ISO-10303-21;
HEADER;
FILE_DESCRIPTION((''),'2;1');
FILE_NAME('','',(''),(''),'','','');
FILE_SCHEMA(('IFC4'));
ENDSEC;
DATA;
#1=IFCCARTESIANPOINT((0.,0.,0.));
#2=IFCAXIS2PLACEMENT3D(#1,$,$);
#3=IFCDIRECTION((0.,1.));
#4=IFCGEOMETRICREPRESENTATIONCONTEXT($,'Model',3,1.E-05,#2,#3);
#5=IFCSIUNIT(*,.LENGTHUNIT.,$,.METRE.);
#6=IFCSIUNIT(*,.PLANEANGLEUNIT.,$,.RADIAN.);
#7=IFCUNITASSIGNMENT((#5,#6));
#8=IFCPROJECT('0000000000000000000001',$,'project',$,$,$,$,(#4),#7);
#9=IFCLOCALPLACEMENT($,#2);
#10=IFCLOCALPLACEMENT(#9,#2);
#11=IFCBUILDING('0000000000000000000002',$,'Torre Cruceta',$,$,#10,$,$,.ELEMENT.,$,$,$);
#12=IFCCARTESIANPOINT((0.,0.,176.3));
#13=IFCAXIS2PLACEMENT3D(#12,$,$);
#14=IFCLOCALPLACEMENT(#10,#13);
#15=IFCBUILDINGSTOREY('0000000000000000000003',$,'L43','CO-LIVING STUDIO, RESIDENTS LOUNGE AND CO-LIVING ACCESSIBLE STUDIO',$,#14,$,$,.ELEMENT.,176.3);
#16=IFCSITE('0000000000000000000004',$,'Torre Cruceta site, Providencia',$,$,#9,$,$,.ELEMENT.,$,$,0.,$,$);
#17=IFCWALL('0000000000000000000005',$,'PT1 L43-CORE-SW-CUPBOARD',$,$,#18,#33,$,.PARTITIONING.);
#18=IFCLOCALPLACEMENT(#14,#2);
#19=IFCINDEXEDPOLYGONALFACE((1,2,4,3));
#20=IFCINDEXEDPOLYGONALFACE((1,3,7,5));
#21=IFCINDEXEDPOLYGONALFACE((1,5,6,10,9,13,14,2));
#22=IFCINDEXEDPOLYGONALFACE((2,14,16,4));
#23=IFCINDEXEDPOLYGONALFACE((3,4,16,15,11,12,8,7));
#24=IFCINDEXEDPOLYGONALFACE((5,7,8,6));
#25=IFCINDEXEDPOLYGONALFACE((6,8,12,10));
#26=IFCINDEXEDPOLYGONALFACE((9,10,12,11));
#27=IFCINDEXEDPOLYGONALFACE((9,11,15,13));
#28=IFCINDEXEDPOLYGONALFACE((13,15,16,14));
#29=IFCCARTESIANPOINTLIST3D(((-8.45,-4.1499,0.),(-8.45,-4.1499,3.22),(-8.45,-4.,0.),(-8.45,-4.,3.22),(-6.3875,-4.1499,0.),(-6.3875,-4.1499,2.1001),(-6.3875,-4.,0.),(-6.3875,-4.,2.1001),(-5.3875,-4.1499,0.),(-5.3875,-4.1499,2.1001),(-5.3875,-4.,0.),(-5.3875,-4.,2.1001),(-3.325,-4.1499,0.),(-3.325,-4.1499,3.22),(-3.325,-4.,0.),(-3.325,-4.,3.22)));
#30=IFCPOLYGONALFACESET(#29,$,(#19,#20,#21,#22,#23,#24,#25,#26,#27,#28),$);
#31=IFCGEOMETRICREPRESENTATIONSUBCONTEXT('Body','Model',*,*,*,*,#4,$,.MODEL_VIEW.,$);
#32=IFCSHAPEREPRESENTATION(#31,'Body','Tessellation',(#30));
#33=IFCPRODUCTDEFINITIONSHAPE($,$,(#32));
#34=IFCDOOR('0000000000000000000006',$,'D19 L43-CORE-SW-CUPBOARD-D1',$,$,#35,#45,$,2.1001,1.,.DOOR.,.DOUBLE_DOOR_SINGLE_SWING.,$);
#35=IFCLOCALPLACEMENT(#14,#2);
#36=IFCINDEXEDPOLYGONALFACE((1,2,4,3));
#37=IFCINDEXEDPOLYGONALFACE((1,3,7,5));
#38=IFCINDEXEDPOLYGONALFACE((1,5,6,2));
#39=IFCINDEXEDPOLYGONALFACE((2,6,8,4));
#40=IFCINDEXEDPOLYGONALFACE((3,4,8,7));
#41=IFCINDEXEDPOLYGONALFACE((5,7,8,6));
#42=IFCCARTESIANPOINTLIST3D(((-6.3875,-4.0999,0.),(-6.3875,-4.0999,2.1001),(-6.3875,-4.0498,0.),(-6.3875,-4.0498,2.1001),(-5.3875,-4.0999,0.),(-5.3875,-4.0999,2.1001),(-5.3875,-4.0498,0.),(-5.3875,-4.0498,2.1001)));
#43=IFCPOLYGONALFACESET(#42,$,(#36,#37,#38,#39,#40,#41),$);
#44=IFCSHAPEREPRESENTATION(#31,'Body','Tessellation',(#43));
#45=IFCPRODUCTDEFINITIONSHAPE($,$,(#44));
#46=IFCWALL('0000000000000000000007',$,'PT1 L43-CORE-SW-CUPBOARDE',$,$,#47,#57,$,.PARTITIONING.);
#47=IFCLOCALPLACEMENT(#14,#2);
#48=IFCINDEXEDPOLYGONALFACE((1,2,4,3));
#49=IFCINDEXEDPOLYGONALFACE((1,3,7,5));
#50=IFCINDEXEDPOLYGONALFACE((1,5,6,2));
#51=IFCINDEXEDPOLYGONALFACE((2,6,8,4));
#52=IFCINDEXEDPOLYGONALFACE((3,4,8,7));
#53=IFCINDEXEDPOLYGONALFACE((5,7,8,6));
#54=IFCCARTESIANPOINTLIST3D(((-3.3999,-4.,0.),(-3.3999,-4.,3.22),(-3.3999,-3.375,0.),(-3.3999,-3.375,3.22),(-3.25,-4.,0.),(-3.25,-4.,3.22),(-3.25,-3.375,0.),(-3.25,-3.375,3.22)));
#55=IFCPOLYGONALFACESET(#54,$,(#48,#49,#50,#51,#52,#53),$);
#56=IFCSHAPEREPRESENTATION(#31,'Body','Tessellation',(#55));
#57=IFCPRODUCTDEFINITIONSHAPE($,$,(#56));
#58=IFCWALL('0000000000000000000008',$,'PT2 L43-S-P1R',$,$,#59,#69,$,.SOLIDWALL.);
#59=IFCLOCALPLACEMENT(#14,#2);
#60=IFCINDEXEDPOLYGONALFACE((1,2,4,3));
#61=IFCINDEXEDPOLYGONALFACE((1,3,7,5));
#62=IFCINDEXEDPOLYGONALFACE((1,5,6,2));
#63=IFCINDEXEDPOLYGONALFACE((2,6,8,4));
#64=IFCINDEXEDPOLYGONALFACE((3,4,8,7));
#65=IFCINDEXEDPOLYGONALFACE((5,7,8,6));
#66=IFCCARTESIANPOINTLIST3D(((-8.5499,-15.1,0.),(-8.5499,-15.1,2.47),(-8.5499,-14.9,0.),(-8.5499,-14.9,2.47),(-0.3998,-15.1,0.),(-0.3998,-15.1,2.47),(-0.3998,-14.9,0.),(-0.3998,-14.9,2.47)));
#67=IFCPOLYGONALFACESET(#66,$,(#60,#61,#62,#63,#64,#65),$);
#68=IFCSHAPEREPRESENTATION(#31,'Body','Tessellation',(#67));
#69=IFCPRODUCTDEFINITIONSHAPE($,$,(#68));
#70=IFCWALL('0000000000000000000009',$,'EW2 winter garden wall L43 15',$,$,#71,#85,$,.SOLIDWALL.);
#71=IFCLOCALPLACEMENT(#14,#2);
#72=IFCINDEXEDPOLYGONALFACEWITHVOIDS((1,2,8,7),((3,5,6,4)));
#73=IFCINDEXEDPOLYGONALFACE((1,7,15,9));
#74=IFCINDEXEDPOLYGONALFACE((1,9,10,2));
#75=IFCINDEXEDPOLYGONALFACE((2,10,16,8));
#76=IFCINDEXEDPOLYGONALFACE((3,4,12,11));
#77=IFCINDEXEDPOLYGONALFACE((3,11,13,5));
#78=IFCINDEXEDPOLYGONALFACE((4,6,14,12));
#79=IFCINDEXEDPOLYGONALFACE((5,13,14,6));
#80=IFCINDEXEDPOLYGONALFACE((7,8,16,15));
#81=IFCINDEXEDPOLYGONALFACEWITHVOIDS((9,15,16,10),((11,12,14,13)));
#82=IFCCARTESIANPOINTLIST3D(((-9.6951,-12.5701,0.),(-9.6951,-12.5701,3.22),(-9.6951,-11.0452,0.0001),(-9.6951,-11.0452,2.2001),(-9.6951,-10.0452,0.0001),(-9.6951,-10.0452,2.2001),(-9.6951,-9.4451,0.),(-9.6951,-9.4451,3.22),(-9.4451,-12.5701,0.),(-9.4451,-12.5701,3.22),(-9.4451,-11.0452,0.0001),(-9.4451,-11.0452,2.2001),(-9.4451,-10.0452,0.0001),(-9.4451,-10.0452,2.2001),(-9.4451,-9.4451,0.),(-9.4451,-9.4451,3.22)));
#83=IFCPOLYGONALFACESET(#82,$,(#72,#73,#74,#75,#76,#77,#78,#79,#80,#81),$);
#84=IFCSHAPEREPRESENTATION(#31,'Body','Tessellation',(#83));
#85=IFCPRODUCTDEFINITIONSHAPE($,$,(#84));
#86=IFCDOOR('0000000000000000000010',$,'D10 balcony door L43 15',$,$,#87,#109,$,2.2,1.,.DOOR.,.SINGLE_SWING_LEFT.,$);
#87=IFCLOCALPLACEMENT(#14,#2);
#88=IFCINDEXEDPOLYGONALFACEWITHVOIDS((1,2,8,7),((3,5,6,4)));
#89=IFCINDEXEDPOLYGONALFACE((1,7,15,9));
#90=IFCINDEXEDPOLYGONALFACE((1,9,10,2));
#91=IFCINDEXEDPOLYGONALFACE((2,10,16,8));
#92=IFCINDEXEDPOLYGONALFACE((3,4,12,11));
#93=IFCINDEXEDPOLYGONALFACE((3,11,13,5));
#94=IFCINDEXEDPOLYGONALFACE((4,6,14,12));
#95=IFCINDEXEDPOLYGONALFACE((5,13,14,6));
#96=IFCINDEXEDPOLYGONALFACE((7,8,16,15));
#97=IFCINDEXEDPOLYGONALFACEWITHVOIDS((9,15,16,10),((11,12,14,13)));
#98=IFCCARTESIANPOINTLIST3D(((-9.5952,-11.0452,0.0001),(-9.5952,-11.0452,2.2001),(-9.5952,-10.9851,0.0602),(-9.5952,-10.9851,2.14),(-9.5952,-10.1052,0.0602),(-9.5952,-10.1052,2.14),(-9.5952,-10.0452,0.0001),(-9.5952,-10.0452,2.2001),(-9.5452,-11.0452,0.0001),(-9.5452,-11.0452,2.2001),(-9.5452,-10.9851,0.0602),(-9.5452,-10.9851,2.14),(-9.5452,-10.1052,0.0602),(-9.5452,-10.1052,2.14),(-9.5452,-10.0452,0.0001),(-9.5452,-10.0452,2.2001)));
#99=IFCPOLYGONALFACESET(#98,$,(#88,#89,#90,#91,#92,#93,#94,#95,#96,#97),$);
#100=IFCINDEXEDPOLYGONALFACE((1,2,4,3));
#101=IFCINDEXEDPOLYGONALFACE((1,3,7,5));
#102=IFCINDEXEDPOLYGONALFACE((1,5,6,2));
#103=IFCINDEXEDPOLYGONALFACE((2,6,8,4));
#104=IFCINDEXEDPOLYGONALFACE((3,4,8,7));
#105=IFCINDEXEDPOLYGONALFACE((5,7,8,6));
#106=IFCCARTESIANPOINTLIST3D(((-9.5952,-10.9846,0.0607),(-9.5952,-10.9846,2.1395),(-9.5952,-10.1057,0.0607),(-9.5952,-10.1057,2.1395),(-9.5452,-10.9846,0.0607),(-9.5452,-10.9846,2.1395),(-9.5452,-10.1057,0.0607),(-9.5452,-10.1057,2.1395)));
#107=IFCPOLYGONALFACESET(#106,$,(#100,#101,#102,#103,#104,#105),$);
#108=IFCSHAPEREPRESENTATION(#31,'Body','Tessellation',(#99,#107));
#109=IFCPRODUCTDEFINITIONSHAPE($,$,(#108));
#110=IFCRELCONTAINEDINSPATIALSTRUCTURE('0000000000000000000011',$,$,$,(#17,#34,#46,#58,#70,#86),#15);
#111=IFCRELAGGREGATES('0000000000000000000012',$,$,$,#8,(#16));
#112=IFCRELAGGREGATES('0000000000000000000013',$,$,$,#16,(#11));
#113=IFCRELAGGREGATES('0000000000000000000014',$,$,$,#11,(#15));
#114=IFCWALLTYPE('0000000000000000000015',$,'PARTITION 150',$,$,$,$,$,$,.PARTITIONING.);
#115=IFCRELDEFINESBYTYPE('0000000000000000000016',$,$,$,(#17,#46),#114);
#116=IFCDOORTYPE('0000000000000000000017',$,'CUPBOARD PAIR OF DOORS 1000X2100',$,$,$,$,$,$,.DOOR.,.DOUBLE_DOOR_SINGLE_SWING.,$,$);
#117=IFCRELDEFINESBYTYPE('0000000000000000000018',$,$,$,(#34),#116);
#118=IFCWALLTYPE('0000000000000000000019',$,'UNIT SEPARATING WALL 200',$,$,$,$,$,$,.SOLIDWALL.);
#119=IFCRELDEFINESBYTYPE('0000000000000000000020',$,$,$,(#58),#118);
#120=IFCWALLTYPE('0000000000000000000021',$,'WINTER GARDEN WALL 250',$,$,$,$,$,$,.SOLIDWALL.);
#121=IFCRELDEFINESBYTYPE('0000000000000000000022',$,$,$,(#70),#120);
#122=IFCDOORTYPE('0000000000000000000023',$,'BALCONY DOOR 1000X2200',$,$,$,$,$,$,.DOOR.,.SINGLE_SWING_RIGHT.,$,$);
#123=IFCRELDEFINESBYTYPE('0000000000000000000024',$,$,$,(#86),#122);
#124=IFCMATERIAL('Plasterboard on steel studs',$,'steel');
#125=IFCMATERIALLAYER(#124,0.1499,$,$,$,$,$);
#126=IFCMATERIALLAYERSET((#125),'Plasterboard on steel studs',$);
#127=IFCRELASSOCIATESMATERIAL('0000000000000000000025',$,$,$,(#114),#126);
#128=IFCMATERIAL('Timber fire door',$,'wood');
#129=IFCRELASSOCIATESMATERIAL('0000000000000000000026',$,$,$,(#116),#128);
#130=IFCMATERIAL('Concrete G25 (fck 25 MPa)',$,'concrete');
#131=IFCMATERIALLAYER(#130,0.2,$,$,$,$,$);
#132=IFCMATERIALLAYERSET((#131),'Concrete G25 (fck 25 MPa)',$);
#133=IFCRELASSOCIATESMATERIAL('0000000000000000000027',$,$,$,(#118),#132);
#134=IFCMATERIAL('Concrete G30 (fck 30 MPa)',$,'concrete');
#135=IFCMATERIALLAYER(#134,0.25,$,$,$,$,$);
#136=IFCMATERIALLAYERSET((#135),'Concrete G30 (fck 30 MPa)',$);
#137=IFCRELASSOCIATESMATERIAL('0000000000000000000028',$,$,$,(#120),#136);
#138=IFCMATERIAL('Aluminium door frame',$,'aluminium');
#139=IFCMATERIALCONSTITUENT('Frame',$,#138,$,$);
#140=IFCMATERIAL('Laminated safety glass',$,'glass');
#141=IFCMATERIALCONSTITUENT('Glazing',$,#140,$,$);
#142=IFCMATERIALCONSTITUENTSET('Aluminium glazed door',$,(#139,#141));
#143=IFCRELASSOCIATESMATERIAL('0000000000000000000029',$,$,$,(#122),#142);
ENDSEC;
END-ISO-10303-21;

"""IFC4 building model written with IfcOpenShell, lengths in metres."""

from ifc_helpers import new_model, si_unit, direction, frame, frame_2d, origin, place, context, subcontext, project, spatial, rectangle, hollow_rectangle, extrude, material, layer, layer_set, constituent, constituent_set, type_object, element, fill, save


model = new_model("IFC4")

# Units and contexts
model_context = context("Model", 3, precision=1e-05, world=origin(), true_north=direction((0.0, 1.0)))
body_context = subcontext(model_context, "Body", "Model", "MODEL_VIEW")
ifc_project = project(units=[si_unit("LENGTHUNIT", "METRE"), si_unit("PLANEANGLEUNIT", "RADIAN")], contexts=[model_context])

# Site, building, storey
site_placement = place(None, origin())
site = spatial("IfcSite", under=ifc_project, at=site_placement, Name="Torre Cruceta site, Providencia", CompositionType="ELEMENT", RefElevation=0.0)
building_placement = place(site_placement, origin())
building = spatial("IfcBuilding", under=site, at=building_placement, Name="Torre Cruceta", CompositionType="ELEMENT")
storey_placement = place(building_placement, frame((0.0, 0.0, 176.3)))
storey = spatial("IfcBuildingStorey", under=building, at=storey_placement, Name="L43", Description="CO-LIVING STUDIO, RESIDENTS LOUNGE AND CO-LIVING ACCESSIBLE STUDIO", CompositionType="ELEMENT", Elevation=176.3)

# Wall, opening, door
ifc_material_1 = material(Name="Plasterboard on steel studs", Category="steel")
ifc_layer_1 = layer(ifc_material_1, 0.1499)
ifc_layer_set_1 = layer_set([ifc_layer_1], Name="Plasterboard on steel studs")
wall_type_1 = type_object("IfcWallType", Name="PARTITION 150", PredefinedType="PARTITIONING", material=ifc_layer_set_1)
wall_1_placement = place(storey_placement, frame((-3.325, -4.075, 0.0), z_axis=(0.0, 0.0, 1.0), x_axis=(-1.0, 0.0, 0.0)))
wall_1 = element("IfcWall", 1, at=wall_1_placement, inside=storey, type_object=wall_type_1, Name="PT1 L43-CORE-SW-CUPBOARD", PredefinedType="PARTITIONING", context=body_context, shape_type="SweptSolid", body=[
    extrude(rectangle(XDim=5.125, YDim=0.1499, at=frame_2d((2.5625, 0.0))), origin(), (0.0, 0.0, 1.0), 3.22),
])
opening_1_placement = place(wall_1_placement, frame((2.0625, 0.0, 0.0)))
opening_1 = element("IfcOpeningElement", 2, at=opening_1_placement, cuts=wall_1, PredefinedType="OPENING", context=body_context, shape_type="SweptSolid", body=[
    extrude(rectangle(XDim=1.0, YDim=2.1001, at=frame_2d((0.5, 1.05))), frame((0.0, 0.085, 0.0), z_axis=(0.0, -1.0, 0.0), x_axis=(1.0, 0.0, 0.0)), (0.0, 0.0, 1.0), 0.1699),
])
ifc_material_2 = material(Name="Timber fire door", Category="wood")
door_type_1 = type_object("IfcDoorType", Name="CUPBOARD PAIR OF DOORS 1000X2100", OperationType="DOUBLE_DOOR_SINGLE_SWING", PredefinedType="DOOR", material=ifc_material_2)
door_1_placement = place(opening_1_placement, frame((1.0, 0.0, 0.0), z_axis=(0.0, 0.0, 1.0), x_axis=(-1.0, 0.0, 0.0)))
door_1 = element("IfcDoor", 3, at=door_1_placement, inside=storey, type_object=door_type_1, Name="D19 L43-CORE-SW-CUPBOARD-D1", OperationType="DOUBLE_DOOR_SINGLE_SWING", OverallHeight=2.1001, OverallWidth=1.0, PredefinedType="DOOR", context=body_context, shape_type="SweptSolid", body=[
    extrude(rectangle(XDim=1.0, YDim=2.1001, at=frame_2d((0.5, 1.05))), frame((0.0, 0.0251, 0.0), z_axis=(0.0, -1.0, 0.0), x_axis=(1.0, 0.0, 0.0)), (0.0, 0.0, 1.0), 0.05),
])
fill(opening_1, door_1)

# Walls
wall_2_placement = place(storey_placement, frame((-3.325, -3.375, 0.0), z_axis=(0.0, 0.0, 1.0), x_axis=(0.0, -1.0, 0.0)))
element("IfcWall", 4, at=wall_2_placement, inside=storey, type_object=wall_type_1, Name="PT1 L43-CORE-SW-CUPBOARDE", PredefinedType="PARTITIONING", context=body_context, shape_type="SweptSolid", body=[
    extrude(rectangle(XDim=0.625, YDim=0.1499, at=frame_2d((0.3125, 0.0))), origin(), (0.0, 0.0, 1.0), 3.22),
])
ifc_material_3 = material(Name="Concrete G25 (fck 25 MPa)", Category="concrete")
ifc_layer_2 = layer(ifc_material_3, 0.2)
ifc_layer_set_2 = layer_set([ifc_layer_2], Name="Concrete G25 (fck 25 MPa)")
wall_type_2 = type_object("IfcWallType", Name="UNIT SEPARATING WALL 200", PredefinedType="SOLIDWALL", material=ifc_layer_set_2)
wall_3_placement = place(storey_placement, frame((-8.55, -15.0, 0.0), z_axis=(0.0, 0.0, 1.0), x_axis=(1.0, 0.0, 0.0)))
element("IfcWall", 5, at=wall_3_placement, inside=storey, type_object=wall_type_2, Name="PT2 L43-S-P1R", PredefinedType="SOLIDWALL", context=body_context, shape_type="SweptSolid", body=[
    extrude(rectangle(XDim=8.1501, YDim=0.2, at=frame_2d((4.0752, 0.0))), origin(), (0.0, 0.0, 1.0), 2.47),
])

# Wall, opening, door
ifc_material_4 = material(Name="Concrete G30 (fck 30 MPa)", Category="concrete")
ifc_layer_3 = layer(ifc_material_4, 0.25)
ifc_layer_set_3 = layer_set([ifc_layer_3], Name="Concrete G30 (fck 30 MPa)")
wall_type_3 = type_object("IfcWallType", Name="WINTER GARDEN WALL 250", PredefinedType="SOLIDWALL", material=ifc_layer_set_3)
wall_4_placement = place(storey_placement, frame((-9.5701, -9.4451, 0.0), z_axis=(0.0, 0.0, 1.0), x_axis=(0.0, -1.0, 0.0)))
wall_4 = element("IfcWall", 6, at=wall_4_placement, inside=storey, type_object=wall_type_3, Name="EW2 winter garden wall L43 15", PredefinedType="SOLIDWALL", context=body_context, shape_type="SweptSolid", body=[
    extrude(rectangle(XDim=3.125, YDim=0.25, at=frame_2d((1.5625, 0.0))), origin(), (0.0, 0.0, 1.0), 3.22),
])
opening_2_placement = place(wall_4_placement, frame((0.6001, 0.0, 0.0)))
opening_2 = element("IfcOpeningElement", 7, at=opening_2_placement, cuts=wall_4, PredefinedType="OPENING", context=body_context, shape_type="SweptSolid", body=[
    extrude(rectangle(XDim=1.0, YDim=2.2, at=frame_2d((0.5, 1.1001))), frame((0.0, 0.135, 0.0), z_axis=(0.0, -1.0, 0.0), x_axis=(1.0, 0.0, 0.0)), (0.0, 0.0, 1.0), 0.27),
])
ifc_material_5 = material(Name="Aluminium door frame", Category="aluminium")
ifc_constituent_1 = constituent(ifc_material_5, Name="Frame")
ifc_material_6 = material(Name="Laminated safety glass", Category="glass")
ifc_constituent_2 = constituent(ifc_material_6, Name="Glazing")
ifc_constituent_set_1 = constituent_set(constituents=[ifc_constituent_1, ifc_constituent_2], Name="Aluminium glazed door")
door_type_2 = type_object("IfcDoorType", Name="BALCONY DOOR 1000X2200", OperationType="SINGLE_SWING_RIGHT", PredefinedType="DOOR", material=ifc_constituent_set_1)
door_2_placement = place(opening_2_placement, origin())
door_2 = element("IfcDoor", 8, at=door_2_placement, inside=storey, type_object=door_type_2, Name="D10 balcony door L43 15", OperationType="SINGLE_SWING_LEFT", OverallHeight=2.2, OverallWidth=1.0, PredefinedType="DOOR", context=body_context, shape_type="SweptSolid", body=[
    extrude(hollow_rectangle(XDim=1.0, YDim=2.2, WallThickness=0.0601, at=frame_2d((0.5, 1.1001))), frame((0.0, 0.0249, 0.0), z_axis=(0.0, -1.0, 0.0), x_axis=(1.0, 0.0, 0.0)), (0.0, 0.0, 1.0), 0.05),
    extrude(rectangle(XDim=0.8789, YDim=2.0789, at=frame_2d((0.5, 1.1001))), frame((0.0, 0.0249, 0.0), z_axis=(0.0, -1.0, 0.0), x_axis=(1.0, 0.0, 0.0)), (0.0, 0.0, 1.0), 0.05),
])
fill(opening_2, door_2)

save(model, "model.ifc")
